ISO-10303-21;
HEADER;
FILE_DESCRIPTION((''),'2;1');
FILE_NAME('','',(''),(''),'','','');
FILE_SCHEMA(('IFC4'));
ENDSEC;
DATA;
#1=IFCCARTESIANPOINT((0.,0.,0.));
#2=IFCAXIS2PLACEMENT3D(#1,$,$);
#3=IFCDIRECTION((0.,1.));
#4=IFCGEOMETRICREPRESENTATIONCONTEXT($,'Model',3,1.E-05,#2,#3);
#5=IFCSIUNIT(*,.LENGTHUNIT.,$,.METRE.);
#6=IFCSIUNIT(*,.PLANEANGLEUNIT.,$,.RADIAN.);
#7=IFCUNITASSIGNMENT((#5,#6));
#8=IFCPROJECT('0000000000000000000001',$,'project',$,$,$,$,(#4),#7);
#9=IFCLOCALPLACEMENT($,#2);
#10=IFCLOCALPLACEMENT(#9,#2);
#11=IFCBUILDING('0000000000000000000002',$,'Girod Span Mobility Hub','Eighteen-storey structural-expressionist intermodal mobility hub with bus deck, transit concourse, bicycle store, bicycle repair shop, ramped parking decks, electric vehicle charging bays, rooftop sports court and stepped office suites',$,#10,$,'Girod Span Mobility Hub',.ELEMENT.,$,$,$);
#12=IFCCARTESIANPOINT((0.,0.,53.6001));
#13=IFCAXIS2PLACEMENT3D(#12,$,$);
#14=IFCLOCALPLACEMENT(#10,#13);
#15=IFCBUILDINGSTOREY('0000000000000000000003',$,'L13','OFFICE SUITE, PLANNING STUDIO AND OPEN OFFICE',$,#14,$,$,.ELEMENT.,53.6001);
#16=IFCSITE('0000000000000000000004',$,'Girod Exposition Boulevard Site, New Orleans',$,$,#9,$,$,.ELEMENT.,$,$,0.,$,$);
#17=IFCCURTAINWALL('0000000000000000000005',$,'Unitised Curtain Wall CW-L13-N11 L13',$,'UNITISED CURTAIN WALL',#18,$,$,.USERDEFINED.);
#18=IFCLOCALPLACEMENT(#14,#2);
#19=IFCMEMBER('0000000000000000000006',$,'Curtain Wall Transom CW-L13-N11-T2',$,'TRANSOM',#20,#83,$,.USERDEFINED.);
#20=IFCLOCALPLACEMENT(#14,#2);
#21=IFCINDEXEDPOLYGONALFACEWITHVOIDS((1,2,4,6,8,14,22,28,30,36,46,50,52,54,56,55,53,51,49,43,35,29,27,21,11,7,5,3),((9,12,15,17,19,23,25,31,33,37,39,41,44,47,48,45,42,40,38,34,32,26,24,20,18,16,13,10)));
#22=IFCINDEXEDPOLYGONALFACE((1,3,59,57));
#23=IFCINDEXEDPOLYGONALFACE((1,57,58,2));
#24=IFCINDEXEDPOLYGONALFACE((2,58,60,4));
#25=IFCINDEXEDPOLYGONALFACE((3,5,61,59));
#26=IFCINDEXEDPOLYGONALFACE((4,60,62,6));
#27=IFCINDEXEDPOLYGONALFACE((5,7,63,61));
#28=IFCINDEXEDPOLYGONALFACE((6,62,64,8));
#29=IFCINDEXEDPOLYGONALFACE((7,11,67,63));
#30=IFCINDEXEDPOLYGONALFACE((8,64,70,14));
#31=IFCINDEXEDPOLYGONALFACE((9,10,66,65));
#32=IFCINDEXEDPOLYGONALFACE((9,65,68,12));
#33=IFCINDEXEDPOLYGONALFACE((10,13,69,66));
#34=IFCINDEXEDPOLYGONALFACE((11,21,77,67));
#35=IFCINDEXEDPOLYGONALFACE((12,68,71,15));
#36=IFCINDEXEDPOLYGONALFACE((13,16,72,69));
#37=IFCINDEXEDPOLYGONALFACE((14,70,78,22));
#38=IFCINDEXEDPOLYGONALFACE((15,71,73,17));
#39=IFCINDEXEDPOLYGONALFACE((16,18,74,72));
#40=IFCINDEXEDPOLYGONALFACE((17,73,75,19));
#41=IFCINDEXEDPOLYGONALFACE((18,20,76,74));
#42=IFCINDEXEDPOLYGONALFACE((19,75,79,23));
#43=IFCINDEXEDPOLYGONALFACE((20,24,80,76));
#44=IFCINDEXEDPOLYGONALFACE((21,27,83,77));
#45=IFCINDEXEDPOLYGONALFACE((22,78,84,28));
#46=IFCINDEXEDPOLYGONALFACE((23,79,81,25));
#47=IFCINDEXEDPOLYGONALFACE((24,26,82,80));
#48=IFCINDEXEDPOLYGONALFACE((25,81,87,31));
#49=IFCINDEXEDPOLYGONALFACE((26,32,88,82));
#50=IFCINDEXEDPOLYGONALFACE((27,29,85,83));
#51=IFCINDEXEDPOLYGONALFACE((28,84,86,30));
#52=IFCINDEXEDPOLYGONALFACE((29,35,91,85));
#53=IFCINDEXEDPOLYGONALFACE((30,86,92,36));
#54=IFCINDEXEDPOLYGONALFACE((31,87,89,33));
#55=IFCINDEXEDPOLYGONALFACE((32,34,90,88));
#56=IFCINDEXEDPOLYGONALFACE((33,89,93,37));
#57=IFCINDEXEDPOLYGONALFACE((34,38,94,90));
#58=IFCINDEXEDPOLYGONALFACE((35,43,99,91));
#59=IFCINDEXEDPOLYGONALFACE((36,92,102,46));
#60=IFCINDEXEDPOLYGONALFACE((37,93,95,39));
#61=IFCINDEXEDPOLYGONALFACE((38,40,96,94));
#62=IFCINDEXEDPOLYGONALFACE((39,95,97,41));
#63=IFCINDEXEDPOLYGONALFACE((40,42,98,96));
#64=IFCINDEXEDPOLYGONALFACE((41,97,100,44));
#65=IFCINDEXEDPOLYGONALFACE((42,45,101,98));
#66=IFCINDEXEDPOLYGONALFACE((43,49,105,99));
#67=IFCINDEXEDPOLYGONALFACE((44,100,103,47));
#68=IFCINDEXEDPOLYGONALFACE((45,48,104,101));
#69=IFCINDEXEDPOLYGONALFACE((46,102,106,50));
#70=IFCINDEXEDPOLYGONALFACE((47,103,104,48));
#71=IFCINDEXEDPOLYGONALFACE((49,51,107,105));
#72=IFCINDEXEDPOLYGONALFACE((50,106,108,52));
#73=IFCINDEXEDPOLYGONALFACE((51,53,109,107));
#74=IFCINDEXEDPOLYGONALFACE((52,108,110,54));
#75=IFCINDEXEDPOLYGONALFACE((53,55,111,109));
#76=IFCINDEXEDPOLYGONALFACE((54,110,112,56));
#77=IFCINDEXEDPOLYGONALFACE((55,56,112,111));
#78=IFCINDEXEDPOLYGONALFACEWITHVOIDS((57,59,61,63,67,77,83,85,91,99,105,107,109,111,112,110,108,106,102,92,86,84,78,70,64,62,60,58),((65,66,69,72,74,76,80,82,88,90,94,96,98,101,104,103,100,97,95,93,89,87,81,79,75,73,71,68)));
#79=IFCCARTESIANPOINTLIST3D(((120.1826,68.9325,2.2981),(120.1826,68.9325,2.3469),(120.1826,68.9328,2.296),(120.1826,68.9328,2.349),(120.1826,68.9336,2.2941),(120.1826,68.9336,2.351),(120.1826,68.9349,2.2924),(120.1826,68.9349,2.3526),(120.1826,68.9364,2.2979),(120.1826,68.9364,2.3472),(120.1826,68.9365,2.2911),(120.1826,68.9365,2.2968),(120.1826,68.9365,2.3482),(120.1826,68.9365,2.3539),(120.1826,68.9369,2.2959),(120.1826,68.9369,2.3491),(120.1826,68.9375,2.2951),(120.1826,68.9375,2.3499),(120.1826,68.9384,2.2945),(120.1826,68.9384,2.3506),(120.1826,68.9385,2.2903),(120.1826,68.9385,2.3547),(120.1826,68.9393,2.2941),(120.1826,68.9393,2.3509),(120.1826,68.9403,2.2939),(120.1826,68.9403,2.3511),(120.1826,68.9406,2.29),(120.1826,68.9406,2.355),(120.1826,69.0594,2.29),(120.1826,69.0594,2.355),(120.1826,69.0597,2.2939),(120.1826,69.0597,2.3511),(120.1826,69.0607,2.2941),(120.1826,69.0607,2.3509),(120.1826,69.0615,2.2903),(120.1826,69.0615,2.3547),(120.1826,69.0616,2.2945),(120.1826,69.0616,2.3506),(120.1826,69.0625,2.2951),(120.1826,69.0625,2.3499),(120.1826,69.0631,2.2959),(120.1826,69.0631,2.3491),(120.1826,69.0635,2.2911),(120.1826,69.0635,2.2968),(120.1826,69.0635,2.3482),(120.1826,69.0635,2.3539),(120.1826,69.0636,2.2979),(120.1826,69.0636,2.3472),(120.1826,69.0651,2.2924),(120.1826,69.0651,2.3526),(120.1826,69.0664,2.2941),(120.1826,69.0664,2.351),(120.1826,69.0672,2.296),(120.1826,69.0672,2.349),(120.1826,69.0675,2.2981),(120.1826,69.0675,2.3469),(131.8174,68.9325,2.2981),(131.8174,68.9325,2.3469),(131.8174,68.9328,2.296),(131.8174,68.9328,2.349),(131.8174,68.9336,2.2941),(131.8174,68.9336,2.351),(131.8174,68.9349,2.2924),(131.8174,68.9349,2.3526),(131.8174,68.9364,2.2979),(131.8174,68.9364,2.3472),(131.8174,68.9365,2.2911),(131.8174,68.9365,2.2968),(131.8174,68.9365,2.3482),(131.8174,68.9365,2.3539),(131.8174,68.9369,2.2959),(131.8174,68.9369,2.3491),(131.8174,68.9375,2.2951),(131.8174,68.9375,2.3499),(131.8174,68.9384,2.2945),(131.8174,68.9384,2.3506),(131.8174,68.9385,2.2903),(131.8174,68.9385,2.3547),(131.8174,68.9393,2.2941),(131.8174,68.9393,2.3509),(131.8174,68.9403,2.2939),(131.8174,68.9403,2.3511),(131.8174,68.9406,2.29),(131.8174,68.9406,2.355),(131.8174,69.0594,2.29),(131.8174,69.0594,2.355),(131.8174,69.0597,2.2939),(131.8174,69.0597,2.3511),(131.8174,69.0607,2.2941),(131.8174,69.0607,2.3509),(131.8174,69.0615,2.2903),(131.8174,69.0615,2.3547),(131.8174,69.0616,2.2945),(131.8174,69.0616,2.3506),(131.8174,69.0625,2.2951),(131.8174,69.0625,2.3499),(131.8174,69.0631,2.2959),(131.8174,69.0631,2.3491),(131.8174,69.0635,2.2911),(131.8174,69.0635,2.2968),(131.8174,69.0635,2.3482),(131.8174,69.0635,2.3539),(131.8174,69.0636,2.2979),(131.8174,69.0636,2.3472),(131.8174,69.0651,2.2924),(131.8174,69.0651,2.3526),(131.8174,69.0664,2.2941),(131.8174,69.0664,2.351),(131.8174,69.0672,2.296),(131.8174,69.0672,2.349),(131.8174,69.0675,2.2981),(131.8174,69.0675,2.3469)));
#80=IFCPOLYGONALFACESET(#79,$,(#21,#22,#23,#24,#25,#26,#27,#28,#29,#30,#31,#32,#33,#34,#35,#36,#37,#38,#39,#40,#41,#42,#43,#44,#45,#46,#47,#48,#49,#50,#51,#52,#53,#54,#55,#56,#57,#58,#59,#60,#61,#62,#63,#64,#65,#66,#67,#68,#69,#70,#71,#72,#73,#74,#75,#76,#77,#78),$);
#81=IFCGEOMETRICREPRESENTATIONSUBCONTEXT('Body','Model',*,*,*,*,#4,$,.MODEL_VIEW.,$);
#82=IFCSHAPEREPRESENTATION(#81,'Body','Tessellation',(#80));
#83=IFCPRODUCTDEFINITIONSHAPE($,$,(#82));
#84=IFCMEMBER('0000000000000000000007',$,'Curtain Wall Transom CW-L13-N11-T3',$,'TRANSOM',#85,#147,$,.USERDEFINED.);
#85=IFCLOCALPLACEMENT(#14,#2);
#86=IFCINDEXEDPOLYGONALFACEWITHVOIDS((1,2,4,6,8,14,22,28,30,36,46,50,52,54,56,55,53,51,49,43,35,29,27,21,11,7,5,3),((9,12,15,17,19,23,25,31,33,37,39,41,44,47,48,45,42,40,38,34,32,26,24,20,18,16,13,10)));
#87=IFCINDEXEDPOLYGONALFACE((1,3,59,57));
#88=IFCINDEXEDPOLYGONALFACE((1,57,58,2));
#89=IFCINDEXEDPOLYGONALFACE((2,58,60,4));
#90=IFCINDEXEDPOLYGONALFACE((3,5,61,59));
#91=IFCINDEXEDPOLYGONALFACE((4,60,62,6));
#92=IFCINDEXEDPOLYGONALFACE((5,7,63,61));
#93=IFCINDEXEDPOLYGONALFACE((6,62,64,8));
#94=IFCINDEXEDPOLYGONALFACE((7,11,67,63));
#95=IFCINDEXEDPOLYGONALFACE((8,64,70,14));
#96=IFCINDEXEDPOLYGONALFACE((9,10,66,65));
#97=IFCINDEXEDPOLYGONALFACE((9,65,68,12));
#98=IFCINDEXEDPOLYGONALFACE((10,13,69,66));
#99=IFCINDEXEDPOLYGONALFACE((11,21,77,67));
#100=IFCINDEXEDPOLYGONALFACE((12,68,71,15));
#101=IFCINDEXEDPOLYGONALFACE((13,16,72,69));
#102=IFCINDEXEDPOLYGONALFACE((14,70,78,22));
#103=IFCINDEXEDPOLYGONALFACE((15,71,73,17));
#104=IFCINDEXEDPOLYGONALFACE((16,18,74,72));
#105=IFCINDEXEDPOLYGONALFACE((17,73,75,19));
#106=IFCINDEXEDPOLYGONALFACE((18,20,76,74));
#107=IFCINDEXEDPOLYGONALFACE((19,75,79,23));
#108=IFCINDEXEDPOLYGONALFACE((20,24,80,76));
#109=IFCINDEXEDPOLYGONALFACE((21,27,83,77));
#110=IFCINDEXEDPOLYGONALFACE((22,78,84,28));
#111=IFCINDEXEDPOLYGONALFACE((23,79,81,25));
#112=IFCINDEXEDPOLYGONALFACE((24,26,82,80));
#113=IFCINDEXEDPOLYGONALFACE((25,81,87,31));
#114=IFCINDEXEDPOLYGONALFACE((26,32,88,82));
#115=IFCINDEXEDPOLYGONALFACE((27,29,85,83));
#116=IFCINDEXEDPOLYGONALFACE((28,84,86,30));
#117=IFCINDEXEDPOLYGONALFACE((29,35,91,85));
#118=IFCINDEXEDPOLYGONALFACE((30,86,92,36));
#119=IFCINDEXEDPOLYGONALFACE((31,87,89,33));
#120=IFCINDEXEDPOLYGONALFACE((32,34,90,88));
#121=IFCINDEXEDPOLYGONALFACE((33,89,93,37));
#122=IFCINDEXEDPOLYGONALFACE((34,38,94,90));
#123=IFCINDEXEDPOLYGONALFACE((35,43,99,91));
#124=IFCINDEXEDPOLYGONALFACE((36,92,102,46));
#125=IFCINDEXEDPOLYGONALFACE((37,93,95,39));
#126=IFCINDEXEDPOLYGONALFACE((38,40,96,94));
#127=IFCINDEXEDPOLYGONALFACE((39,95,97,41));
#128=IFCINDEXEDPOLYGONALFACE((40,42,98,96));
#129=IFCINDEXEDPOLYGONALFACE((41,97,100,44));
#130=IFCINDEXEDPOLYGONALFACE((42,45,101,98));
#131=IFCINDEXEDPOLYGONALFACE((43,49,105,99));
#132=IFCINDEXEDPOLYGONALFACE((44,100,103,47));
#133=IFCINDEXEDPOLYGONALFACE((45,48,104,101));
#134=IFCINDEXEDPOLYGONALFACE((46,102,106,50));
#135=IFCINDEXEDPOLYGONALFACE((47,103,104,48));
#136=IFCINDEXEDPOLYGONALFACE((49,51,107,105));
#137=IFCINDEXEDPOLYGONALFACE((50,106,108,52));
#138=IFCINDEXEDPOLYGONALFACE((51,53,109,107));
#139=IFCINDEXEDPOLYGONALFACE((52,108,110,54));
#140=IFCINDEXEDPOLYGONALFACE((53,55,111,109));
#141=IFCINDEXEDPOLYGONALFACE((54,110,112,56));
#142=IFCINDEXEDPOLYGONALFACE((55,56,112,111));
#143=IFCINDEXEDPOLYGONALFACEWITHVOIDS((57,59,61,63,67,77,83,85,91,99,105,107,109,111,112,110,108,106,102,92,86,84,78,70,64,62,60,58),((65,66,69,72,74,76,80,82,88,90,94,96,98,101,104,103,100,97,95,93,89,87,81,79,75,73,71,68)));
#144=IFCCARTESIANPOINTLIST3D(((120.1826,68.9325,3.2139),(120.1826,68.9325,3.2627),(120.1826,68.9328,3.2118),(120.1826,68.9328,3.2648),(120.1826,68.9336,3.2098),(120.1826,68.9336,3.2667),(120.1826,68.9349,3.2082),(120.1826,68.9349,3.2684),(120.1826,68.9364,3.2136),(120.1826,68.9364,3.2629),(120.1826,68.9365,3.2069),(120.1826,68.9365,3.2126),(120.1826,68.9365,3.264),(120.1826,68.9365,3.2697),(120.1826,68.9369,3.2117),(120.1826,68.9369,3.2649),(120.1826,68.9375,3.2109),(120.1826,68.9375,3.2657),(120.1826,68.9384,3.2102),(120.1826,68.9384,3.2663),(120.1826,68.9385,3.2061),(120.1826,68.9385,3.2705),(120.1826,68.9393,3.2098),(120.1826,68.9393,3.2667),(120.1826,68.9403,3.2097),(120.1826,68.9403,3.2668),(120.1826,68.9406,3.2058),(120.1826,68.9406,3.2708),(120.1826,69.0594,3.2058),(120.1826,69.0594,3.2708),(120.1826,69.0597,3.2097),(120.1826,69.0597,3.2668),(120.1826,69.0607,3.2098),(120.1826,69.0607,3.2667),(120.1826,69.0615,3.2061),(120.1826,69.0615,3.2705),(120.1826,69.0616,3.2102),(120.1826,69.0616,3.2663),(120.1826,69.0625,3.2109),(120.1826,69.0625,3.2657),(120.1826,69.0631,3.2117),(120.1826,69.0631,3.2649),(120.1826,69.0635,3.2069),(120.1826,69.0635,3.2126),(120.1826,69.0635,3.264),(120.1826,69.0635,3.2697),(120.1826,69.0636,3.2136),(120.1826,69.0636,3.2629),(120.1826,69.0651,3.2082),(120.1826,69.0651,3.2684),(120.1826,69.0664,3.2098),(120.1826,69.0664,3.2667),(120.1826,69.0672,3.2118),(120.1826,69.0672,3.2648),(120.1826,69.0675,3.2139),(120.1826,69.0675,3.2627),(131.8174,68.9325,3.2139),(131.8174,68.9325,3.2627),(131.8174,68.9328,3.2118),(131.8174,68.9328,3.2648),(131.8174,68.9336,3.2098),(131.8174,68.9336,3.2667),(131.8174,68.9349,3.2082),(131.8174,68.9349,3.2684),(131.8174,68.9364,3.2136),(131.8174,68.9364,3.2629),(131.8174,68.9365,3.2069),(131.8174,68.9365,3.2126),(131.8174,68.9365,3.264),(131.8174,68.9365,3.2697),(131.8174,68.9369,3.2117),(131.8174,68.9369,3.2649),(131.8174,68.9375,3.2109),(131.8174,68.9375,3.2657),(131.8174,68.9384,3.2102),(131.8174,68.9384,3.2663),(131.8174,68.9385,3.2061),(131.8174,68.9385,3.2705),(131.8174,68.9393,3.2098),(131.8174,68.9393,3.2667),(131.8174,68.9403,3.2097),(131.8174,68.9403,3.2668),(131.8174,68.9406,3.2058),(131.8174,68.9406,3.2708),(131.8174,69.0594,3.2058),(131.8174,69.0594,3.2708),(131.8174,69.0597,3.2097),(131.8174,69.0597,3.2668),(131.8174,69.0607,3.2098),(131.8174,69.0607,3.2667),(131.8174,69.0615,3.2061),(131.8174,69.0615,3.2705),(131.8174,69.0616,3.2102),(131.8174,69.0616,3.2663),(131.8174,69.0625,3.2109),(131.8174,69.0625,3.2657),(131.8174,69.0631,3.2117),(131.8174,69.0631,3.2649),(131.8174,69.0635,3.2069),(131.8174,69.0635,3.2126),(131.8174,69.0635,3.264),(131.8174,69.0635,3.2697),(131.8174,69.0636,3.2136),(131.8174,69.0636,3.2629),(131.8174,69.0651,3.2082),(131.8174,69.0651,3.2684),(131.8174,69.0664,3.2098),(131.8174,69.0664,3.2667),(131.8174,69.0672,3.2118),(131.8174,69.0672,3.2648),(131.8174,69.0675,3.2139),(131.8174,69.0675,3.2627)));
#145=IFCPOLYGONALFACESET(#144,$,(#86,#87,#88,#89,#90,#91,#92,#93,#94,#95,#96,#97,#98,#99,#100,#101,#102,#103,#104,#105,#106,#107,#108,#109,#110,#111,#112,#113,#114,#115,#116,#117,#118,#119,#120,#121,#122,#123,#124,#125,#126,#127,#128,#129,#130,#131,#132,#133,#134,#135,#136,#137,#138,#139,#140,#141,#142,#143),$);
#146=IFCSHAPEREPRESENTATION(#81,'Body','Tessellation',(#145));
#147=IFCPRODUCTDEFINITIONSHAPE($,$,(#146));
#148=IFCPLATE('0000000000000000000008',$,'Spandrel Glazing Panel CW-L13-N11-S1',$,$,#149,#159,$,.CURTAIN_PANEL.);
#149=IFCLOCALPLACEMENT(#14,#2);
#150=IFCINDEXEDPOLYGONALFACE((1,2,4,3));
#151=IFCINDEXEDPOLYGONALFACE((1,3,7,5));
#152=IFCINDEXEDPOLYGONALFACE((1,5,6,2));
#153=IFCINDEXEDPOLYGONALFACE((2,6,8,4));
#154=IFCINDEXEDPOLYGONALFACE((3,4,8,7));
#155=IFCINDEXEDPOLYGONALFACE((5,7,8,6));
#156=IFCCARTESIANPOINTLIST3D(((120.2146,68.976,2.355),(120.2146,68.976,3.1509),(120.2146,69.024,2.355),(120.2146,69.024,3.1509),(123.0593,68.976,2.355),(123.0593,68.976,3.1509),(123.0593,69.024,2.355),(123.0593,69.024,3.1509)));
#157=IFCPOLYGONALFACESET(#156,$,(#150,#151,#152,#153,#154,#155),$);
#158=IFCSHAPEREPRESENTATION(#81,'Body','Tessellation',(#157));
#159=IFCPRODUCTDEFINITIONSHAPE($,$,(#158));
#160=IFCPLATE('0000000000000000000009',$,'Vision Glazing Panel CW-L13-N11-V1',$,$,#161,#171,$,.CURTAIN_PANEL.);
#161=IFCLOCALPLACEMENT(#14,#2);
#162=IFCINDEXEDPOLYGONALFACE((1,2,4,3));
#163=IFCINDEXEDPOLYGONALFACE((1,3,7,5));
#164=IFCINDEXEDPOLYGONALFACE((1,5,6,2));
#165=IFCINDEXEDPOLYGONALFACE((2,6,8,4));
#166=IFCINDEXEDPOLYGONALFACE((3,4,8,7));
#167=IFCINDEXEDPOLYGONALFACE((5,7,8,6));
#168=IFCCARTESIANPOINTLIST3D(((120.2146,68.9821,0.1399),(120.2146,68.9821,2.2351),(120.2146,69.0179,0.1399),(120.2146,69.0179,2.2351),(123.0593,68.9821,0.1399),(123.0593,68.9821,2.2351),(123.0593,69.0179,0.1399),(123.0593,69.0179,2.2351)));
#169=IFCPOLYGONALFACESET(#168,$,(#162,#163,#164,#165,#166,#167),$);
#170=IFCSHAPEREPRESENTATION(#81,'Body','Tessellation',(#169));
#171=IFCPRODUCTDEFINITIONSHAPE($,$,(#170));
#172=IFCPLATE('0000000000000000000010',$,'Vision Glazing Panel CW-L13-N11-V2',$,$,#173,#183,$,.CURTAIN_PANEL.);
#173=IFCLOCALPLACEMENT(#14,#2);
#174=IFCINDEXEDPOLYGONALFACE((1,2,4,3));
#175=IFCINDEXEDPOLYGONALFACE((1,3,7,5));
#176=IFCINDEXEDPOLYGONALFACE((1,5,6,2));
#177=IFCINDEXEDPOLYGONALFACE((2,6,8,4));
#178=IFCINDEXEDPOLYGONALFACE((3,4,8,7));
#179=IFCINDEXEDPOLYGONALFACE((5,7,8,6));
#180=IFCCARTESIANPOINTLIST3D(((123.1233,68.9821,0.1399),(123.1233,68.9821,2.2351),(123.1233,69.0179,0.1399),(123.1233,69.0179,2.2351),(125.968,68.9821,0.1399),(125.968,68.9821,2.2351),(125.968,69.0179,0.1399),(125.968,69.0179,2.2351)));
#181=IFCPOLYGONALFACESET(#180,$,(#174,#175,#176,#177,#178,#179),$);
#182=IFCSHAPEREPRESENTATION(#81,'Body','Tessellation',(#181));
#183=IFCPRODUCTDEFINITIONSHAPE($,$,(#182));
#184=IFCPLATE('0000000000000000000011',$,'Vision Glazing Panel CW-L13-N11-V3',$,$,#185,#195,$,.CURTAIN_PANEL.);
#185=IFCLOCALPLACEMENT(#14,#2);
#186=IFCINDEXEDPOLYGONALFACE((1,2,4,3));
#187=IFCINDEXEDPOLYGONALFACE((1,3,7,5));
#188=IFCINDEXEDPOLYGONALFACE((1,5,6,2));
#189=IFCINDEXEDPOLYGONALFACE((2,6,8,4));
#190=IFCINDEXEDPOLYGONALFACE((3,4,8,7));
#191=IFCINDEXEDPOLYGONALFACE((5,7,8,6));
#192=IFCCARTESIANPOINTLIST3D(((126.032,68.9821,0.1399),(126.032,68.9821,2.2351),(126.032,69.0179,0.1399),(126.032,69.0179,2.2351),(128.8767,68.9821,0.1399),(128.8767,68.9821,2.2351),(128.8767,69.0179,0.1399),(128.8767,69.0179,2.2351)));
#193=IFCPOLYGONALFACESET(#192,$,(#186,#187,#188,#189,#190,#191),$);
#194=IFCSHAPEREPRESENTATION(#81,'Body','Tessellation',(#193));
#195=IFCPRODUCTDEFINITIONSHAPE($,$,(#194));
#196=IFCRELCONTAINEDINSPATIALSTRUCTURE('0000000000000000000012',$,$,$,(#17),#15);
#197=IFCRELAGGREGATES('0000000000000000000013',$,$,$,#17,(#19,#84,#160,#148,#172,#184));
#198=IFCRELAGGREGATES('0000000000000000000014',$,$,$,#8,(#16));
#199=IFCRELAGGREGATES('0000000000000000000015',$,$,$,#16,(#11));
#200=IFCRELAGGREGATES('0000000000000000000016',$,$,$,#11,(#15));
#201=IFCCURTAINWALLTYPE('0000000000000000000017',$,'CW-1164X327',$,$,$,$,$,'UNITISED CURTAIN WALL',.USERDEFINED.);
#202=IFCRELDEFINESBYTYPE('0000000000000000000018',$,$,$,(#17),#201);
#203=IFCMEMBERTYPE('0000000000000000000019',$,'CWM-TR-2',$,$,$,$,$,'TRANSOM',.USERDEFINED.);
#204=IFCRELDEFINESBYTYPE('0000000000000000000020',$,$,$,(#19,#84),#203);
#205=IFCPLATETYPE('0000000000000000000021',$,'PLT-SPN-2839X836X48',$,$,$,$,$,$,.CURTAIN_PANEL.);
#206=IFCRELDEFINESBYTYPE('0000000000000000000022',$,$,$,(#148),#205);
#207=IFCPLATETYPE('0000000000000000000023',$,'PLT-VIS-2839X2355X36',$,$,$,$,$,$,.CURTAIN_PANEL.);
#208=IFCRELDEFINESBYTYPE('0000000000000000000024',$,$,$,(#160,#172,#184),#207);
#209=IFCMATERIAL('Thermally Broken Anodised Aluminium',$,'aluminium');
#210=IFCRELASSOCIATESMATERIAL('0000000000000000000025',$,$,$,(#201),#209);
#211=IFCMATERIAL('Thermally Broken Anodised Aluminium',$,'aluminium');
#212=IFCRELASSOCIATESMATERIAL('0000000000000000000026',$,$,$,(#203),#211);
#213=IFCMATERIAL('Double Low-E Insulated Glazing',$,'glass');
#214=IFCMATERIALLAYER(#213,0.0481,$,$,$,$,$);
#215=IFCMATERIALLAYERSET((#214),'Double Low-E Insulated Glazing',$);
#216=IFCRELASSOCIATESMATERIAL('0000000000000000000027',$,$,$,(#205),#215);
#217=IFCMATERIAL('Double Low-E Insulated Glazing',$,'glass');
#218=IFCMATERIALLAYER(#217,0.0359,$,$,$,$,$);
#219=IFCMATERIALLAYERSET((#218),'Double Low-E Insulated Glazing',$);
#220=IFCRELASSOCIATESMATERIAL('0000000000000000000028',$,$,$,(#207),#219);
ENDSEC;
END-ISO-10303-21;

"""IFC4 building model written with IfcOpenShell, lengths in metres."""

from ifc_helpers import new_model, si_unit, direction, frame, origin, origin_2d, place, context, subcontext, project, spatial, rectangle, hollow_rectangle, extrude, material, layer, layer_set, material_profile, profile_set, type_object, element, aggregate, save


model = new_model("IFC4")

# Units and contexts
model_context = context("Model", 3, precision=1e-05, world=origin(), true_north=direction((0.0, 1.0)))
body_context = subcontext(model_context, "Body", "Model", "MODEL_VIEW")
ifc_project = project(units=[si_unit("LENGTHUNIT", "METRE"), si_unit("PLANEANGLEUNIT", "RADIAN")], contexts=[model_context])

# Site, building, storey
site_placement = place(None, origin())
site = spatial("IfcSite", under=ifc_project, at=site_placement, Name="Girod Exposition Boulevard Site, New Orleans", CompositionType="ELEMENT", RefElevation=0.0)
building_placement = place(site_placement, origin())
building = spatial("IfcBuilding", under=site, at=building_placement, Name="Girod Span Mobility Hub", Description="Eighteen-storey structural-expressionist intermodal mobility hub with bus deck, transit concourse, bicycle store, bicycle repair shop, ramped parking decks, electric vehicle charging bays, rooftop sports court and stepped office suites", LongName="Girod Span Mobility Hub", CompositionType="ELEMENT")
storey_placement = place(building_placement, frame((0.0, 0.0, 53.6001)))
storey = spatial("IfcBuildingStorey", under=building, at=storey_placement, Name="L13", Description="OFFICE SUITE, PLANNING STUDIO AND OPEN OFFICE", CompositionType="ELEMENT", Elevation=53.6001)

# Curtain wall, members, plates
ifc_material_1 = material(Name="Thermally Broken Anodised Aluminium", Category="aluminium")
curtain_wall_type = type_object("IfcCurtainWallType", Name="CW-1164X327", ElementType="UNITISED CURTAIN WALL", PredefinedType="USERDEFINED", material=ifc_material_1)
curtain_wall_placement = place(storey_placement, origin())
curtain_wall = element("IfcCurtainWall", 1, at=curtain_wall_placement, inside=storey, type_object=curtain_wall_type, Name="Unitised Curtain Wall CW-L13-N11 L13", ObjectType="UNITISED CURTAIN WALL", PredefinedType="USERDEFINED")
ifc_material_2 = material(Name="Thermally Broken Anodised Aluminium", Category="aluminium")
ifc_material_profile_1 = material_profile(ifc_material_2, hollow_rectangle(XDim=0.135, YDim=0.0649, WallThickness=0.0039, InnerFilletRadius=0.0039, OuterFilletRadius=0.0081, at=origin_2d()), Name="CW-TR-65X135")
ifc_profile_set_1 = profile_set([ifc_material_profile_1], Name="Thermally Broken Anodised Aluminium")
member_type_1 = type_object("IfcMemberType", Name="CWM-TR-2", ElementType="TRANSOM", PredefinedType="USERDEFINED", material=ifc_profile_set_1)
member_1_placement = place(storey_placement, frame((120.1826, 69.0, 2.3225), z_axis=(1.0, 0.0, 0.0), x_axis=(0.0, 1.0, 0.0)))
member_1 = element("IfcMember", 2, at=member_1_placement, type_object=member_type_1, Name="Curtain Wall Transom CW-L13-N11-T2", ObjectType="TRANSOM", PredefinedType="USERDEFINED", context=body_context, shape_type="SweptSolid", body=[
    extrude(hollow_rectangle(XDim=0.135, YDim=0.0649, WallThickness=0.0039, InnerFilletRadius=0.0039, OuterFilletRadius=0.0081, at=origin_2d()), origin(), (0.0, 0.0, 1.0), 11.6348),
])
member_2_placement = place(storey_placement, frame((120.1826, 69.0, 3.2383), z_axis=(1.0, 0.0, 0.0), x_axis=(0.0, 1.0, 0.0)))
member_2 = element("IfcMember", 3, at=member_2_placement, type_object=member_type_1, Name="Curtain Wall Transom CW-L13-N11-T3", ObjectType="TRANSOM", PredefinedType="USERDEFINED", context=body_context, shape_type="SweptSolid", body=[
    extrude(hollow_rectangle(XDim=0.135, YDim=0.0649, WallThickness=0.0039, InnerFilletRadius=0.0039, OuterFilletRadius=0.0081, at=origin_2d()), origin(), (0.0, 0.0, 1.0), 11.6348),
])
ifc_material_3 = material(Name="Double Low-E Insulated Glazing", Category="glass")
ifc_layer_1 = layer(ifc_material_3, 0.0481)
ifc_layer_set_1 = layer_set([ifc_layer_1], Name="Double Low-E Insulated Glazing")
plate_type_1 = type_object("IfcPlateType", Name="PLT-SPN-2839X836X48", PredefinedType="CURTAIN_PANEL", material=ifc_layer_set_1)
plate_1_placement = place(storey_placement, frame((121.637, 69.0, 2.355), z_axis=(0.0, 0.0, 1.0), x_axis=(1.0, 0.0, 0.0)))
plate_1 = element("IfcPlate", 4, at=plate_1_placement, type_object=plate_type_1, Name="Spandrel Glazing Panel CW-L13-N11-S1", PredefinedType="CURTAIN_PANEL", context=body_context, shape_type="SweptSolid", body=[
    extrude(rectangle(XDim=2.8447, YDim=0.0481, at=origin_2d()), origin(), (0.0, 0.0, 1.0), 0.7959),
])
ifc_material_4 = material(Name="Double Low-E Insulated Glazing", Category="glass")
ifc_layer_2 = layer(ifc_material_4, 0.0359)
ifc_layer_set_2 = layer_set([ifc_layer_2], Name="Double Low-E Insulated Glazing")
plate_type_2 = type_object("IfcPlateType", Name="PLT-VIS-2839X2355X36", PredefinedType="CURTAIN_PANEL", material=ifc_layer_set_2)
plate_2_placement = place(storey_placement, frame((121.637, 69.0, 0.1399), z_axis=(0.0, 0.0, 1.0), x_axis=(1.0, 0.0, 0.0)))
plate_2 = element("IfcPlate", 5, at=plate_2_placement, type_object=plate_type_2, Name="Vision Glazing Panel CW-L13-N11-V1", PredefinedType="CURTAIN_PANEL", context=body_context, shape_type="SweptSolid", body=[
    extrude(rectangle(XDim=2.8447, YDim=0.0359, at=origin_2d()), origin(), (0.0, 0.0, 1.0), 2.0952),
])
plate_3_placement = place(storey_placement, frame((124.5457, 69.0, 0.1399), z_axis=(0.0, 0.0, 1.0), x_axis=(1.0, 0.0, 0.0)))
plate_3 = element("IfcPlate", 6, at=plate_3_placement, type_object=plate_type_2, Name="Vision Glazing Panel CW-L13-N11-V2", PredefinedType="CURTAIN_PANEL", context=body_context, shape_type="SweptSolid", body=[
    extrude(rectangle(XDim=2.8447, YDim=0.0359, at=origin_2d()), origin(), (0.0, 0.0, 1.0), 2.0952),
])
plate_4_placement = place(storey_placement, frame((127.4543, 69.0, 0.1399), z_axis=(0.0, 0.0, 1.0), x_axis=(1.0, 0.0, 0.0)))
plate_4 = element("IfcPlate", 7, at=plate_4_placement, type_object=plate_type_2, Name="Vision Glazing Panel CW-L13-N11-V3", PredefinedType="CURTAIN_PANEL", context=body_context, shape_type="SweptSolid", body=[
    extrude(rectangle(XDim=2.8447, YDim=0.0359, at=origin_2d()), origin(), (0.0, 0.0, 1.0), 2.0952),
])
aggregate(curtain_wall, [member_1, member_2, plate_2, plate_1, plate_3, plate_4])

save(model, "model.ifc")
